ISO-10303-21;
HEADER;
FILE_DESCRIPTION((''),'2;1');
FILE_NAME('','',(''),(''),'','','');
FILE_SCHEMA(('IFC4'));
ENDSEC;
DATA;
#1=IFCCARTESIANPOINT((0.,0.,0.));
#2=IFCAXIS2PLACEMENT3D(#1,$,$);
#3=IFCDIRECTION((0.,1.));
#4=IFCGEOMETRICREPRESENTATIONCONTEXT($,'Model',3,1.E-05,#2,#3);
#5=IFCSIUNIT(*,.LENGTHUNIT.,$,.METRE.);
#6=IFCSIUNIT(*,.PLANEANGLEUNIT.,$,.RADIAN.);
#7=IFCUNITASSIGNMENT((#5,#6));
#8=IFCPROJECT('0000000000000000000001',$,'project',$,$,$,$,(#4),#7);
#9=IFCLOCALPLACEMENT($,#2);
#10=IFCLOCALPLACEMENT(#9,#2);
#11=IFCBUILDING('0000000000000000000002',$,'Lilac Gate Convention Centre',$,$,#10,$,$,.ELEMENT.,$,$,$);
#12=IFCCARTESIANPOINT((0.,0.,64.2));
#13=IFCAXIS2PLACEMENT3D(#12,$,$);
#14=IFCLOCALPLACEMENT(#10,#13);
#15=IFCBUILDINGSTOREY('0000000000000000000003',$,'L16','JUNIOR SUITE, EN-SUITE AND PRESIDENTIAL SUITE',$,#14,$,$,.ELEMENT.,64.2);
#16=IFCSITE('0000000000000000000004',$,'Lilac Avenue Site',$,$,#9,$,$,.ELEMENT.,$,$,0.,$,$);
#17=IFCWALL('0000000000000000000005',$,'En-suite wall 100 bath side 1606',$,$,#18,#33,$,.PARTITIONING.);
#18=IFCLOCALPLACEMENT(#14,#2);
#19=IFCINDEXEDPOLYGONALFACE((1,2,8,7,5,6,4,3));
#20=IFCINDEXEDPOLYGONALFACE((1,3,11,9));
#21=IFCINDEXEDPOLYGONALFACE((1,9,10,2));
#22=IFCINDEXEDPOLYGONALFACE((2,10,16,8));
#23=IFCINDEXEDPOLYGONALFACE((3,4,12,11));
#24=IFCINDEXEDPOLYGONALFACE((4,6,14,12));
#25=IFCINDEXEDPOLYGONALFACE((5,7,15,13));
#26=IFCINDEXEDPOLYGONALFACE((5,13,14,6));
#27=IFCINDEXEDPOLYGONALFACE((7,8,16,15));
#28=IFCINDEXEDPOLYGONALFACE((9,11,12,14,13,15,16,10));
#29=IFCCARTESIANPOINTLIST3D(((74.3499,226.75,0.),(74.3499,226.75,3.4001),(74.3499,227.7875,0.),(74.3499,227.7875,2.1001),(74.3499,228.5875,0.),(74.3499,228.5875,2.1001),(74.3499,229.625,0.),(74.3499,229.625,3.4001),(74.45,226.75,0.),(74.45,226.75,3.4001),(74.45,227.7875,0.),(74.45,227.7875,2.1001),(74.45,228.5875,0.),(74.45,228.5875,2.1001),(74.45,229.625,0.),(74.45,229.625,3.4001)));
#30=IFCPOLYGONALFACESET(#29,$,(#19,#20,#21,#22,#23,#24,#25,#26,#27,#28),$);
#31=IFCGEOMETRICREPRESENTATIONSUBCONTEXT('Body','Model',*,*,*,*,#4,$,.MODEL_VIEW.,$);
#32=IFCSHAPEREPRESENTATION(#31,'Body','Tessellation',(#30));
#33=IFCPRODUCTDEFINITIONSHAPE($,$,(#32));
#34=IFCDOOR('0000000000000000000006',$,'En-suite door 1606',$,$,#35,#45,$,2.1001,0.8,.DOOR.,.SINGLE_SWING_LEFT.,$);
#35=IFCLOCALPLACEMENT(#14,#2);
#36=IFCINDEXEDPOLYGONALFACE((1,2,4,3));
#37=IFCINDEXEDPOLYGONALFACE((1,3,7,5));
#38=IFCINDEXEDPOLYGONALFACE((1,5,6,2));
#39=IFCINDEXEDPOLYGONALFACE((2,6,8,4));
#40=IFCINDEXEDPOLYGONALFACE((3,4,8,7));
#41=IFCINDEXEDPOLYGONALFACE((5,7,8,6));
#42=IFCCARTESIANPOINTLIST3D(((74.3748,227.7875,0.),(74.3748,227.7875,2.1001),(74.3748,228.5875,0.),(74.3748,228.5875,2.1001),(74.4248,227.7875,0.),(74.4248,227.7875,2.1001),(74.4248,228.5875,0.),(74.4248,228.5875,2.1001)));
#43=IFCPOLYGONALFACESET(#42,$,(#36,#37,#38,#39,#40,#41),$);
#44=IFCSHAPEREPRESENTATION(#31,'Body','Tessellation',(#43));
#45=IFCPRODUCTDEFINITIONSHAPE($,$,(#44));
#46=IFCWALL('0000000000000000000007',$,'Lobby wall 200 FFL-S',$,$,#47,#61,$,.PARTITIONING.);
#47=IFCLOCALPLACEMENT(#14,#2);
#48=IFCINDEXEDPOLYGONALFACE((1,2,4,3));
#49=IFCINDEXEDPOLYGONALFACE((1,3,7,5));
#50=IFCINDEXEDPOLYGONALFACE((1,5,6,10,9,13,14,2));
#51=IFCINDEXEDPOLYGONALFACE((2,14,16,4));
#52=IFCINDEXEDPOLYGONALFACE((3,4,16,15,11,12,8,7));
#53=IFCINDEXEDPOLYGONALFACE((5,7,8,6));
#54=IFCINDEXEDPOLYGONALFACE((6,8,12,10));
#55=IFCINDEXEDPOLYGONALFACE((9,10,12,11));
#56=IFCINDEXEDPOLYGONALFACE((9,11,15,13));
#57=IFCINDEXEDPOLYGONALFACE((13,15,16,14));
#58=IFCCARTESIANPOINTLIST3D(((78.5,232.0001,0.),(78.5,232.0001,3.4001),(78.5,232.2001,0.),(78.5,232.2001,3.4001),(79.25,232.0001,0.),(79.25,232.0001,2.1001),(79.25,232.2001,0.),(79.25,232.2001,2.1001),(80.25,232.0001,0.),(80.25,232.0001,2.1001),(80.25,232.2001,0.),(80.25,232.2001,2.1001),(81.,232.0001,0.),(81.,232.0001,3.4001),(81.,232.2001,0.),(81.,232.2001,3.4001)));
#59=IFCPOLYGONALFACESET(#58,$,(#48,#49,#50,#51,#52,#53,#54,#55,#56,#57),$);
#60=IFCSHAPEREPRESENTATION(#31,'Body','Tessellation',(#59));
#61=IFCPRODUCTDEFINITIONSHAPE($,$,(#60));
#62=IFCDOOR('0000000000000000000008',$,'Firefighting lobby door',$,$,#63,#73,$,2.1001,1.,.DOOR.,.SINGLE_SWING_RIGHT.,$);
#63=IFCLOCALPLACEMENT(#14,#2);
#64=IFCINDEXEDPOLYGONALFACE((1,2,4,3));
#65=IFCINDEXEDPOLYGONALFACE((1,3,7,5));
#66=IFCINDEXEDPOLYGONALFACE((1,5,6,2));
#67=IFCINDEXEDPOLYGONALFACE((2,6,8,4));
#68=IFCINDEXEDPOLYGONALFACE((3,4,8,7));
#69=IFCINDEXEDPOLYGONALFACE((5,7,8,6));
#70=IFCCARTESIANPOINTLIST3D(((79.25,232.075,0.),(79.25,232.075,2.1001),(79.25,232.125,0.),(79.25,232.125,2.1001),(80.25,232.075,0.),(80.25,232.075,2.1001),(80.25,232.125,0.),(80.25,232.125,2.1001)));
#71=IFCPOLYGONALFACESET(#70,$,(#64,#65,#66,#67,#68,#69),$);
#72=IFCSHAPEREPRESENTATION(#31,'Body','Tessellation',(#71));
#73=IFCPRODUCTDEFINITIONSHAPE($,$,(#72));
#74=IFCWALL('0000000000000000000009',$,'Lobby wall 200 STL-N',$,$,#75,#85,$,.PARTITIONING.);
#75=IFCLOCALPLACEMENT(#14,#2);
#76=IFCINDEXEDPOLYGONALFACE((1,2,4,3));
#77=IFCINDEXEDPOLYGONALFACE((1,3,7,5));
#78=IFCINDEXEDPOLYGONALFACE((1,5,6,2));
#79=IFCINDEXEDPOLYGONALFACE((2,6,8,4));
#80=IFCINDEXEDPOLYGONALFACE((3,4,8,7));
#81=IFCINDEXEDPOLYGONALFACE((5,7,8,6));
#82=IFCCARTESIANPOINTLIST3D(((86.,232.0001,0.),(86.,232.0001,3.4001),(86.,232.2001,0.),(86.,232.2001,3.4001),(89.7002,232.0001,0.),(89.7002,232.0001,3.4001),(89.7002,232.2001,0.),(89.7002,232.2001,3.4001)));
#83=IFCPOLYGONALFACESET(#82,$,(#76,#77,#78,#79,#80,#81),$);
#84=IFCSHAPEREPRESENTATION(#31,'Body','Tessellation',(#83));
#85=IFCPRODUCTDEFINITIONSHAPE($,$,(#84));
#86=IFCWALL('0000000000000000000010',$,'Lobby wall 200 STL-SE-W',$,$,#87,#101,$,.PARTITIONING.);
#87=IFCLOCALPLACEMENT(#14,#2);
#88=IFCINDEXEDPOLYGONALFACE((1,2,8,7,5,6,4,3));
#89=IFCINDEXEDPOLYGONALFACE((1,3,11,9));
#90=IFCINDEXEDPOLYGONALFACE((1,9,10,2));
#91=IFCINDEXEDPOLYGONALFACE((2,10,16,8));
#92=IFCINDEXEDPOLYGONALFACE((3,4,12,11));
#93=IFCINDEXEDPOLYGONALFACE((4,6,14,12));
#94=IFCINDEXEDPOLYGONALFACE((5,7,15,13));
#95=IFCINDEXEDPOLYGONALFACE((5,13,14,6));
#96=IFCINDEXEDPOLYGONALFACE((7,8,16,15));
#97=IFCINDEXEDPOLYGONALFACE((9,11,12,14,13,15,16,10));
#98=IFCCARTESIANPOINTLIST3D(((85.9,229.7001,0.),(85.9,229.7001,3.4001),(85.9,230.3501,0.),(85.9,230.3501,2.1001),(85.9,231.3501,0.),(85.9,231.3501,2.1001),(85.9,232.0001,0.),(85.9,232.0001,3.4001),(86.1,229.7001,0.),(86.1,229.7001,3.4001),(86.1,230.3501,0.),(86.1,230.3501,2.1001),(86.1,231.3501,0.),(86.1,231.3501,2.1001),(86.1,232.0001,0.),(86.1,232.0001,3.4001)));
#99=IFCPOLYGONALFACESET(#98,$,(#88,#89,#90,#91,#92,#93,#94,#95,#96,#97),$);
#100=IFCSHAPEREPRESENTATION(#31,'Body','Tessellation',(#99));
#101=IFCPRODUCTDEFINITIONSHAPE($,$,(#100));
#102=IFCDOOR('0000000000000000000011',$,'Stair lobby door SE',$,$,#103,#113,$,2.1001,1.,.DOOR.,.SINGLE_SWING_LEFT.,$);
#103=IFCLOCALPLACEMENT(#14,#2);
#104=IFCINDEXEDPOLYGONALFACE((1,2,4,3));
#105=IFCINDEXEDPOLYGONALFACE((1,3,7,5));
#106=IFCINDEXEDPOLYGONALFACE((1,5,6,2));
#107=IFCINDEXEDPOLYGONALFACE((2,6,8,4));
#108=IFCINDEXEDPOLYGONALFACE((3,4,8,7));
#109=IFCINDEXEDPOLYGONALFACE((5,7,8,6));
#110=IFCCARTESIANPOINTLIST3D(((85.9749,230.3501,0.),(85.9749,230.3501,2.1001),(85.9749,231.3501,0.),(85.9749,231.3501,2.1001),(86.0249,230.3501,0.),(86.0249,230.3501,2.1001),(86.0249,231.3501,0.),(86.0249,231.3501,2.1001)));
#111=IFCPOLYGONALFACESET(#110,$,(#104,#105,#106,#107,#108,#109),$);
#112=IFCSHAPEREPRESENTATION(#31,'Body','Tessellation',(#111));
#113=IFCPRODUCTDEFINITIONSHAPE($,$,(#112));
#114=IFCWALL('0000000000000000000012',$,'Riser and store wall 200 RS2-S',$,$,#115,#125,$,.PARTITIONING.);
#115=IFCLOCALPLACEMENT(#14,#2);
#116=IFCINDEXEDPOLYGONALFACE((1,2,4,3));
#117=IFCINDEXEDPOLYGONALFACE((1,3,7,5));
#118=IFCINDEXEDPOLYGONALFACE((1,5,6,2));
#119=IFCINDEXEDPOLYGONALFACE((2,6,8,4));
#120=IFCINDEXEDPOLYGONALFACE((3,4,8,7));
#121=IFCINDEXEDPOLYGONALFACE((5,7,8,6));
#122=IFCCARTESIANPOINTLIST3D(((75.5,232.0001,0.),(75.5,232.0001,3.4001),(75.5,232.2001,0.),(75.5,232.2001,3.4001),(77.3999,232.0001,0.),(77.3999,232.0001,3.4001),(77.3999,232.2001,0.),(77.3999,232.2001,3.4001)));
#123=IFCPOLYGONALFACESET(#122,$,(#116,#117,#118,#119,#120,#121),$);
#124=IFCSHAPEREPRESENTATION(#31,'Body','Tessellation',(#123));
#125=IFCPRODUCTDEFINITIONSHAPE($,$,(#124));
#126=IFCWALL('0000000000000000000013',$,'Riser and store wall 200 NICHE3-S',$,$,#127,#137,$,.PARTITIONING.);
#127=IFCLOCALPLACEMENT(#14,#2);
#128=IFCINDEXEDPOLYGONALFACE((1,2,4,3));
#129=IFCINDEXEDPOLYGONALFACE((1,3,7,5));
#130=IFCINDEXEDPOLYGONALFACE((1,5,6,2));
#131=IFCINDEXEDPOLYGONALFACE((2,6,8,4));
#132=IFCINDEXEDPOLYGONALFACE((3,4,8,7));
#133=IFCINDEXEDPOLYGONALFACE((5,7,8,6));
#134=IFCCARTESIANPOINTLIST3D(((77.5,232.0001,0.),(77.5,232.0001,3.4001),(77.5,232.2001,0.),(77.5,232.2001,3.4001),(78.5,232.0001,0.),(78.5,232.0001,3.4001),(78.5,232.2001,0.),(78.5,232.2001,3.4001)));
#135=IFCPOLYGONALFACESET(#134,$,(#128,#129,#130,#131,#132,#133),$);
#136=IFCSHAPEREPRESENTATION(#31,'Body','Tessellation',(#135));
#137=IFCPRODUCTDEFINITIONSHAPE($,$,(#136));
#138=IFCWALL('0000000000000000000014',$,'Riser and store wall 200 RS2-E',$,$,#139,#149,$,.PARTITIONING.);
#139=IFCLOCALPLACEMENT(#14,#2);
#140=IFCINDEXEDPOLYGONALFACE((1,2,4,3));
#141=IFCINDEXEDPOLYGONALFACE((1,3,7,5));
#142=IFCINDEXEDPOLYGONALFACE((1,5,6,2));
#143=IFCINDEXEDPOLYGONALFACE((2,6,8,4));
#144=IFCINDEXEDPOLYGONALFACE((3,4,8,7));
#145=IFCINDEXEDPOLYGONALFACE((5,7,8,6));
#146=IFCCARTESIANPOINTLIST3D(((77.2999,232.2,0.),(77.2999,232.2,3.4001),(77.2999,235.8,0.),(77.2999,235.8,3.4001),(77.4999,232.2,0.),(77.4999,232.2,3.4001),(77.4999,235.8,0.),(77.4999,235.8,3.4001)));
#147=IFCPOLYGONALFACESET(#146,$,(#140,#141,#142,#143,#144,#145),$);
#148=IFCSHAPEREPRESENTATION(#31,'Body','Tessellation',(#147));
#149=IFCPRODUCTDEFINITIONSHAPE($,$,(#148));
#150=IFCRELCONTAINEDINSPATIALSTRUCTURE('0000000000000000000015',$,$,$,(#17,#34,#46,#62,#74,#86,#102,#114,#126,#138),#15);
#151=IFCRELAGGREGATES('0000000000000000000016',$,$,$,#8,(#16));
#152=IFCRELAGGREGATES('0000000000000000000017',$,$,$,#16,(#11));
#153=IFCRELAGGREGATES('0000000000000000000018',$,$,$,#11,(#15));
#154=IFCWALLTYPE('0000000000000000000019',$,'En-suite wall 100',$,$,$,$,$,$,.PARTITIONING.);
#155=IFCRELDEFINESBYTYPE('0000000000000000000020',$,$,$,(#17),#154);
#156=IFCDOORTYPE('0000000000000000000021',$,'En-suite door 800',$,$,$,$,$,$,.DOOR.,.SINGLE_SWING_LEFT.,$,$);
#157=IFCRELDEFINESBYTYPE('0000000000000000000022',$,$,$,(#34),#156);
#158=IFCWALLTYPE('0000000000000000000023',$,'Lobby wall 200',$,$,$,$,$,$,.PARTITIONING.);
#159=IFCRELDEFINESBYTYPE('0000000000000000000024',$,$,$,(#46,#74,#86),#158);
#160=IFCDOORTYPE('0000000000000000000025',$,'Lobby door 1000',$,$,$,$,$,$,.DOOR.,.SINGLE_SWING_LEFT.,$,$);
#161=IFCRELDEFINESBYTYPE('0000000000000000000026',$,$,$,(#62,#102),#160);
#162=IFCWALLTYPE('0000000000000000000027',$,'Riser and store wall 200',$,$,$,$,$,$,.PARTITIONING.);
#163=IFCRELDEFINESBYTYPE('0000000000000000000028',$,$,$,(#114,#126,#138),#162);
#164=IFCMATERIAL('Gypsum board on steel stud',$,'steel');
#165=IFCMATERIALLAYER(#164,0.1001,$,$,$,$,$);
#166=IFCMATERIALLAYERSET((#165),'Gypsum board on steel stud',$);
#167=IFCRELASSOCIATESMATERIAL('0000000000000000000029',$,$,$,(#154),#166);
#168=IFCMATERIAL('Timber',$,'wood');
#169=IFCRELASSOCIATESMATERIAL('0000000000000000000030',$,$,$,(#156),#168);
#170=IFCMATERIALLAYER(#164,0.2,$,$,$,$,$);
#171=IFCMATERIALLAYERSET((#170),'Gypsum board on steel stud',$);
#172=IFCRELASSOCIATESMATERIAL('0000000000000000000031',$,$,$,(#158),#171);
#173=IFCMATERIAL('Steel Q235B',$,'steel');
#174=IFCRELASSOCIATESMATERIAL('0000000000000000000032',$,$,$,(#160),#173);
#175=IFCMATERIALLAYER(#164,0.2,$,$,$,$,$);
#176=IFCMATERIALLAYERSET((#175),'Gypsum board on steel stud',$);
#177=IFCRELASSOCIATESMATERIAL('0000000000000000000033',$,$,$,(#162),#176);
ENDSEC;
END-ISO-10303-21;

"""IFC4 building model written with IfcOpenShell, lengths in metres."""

from ifc_helpers import new_model, si_unit, direction, frame, frame_2d, origin, place, context, subcontext, project, spatial, rectangle, extrude, material, layer, layer_set, type_object, element, fill, save


model = new_model("IFC4")

# Units and contexts
model_context = context("Model", 3, precision=1e-05, world=origin(), true_north=direction((0.0, 1.0)))
body_context = subcontext(model_context, "Body", "Model", "MODEL_VIEW")
ifc_project = project(units=[si_unit("LENGTHUNIT", "METRE"), si_unit("PLANEANGLEUNIT", "RADIAN")], contexts=[model_context])

# Site, building, storey
site_placement = place(None, origin())
site = spatial("IfcSite", under=ifc_project, at=site_placement, Name="Lilac Avenue Site", CompositionType="ELEMENT", RefElevation=0.0)
building_placement = place(site_placement, origin())
building = spatial("IfcBuilding", under=site, at=building_placement, Name="Lilac Gate Convention Centre", CompositionType="ELEMENT")
storey_placement = place(building_placement, frame((0.0, 0.0, 64.2)))
storey = spatial("IfcBuildingStorey", under=building, at=storey_placement, Name="L16", Description="JUNIOR SUITE, EN-SUITE AND PRESIDENTIAL SUITE", CompositionType="ELEMENT", Elevation=64.2)

# Shared definitions
ifc_material_1 = material(Name="Steel Q235B", Category="steel")

# Walls, openings, doors
ifc_material_2 = material(Name="Gypsum board on steel stud", Category="steel")
ifc_material_3 = material(Name="Timber", Category="wood")
ifc_layer_1 = layer(ifc_material_2, 0.1001)
ifc_layer_set_1 = layer_set([ifc_layer_1], Name="Gypsum board on steel stud")
wall_type_1 = type_object("IfcWallType", Name="En-suite wall 100", PredefinedType="PARTITIONING", material=ifc_layer_set_1)
wall_1_placement = place(storey_placement, frame((74.3999, 229.625, 0.0), z_axis=(0.0, 0.0, 1.0), x_axis=(0.0, -1.0, 0.0)))
wall_1 = element("IfcWall", 1, at=wall_1_placement, inside=storey, type_object=wall_type_1, Name="En-suite wall 100 bath side 1606", PredefinedType="PARTITIONING", context=body_context, shape_type="SweptSolid", body=[
    extrude(rectangle(XDim=2.875, YDim=0.1001, at=frame_2d((1.4375, 0.0))), origin(), (0.0, 0.0, 1.0), 3.4001),
])
opening_1_placement = place(wall_1_placement, frame((1.0376, 0.0, 0.0)))
opening_1 = element("IfcOpeningElement", 2, at=opening_1_placement, cuts=wall_1, PredefinedType="OPENING", context=body_context, shape_type="SweptSolid", body=[
    extrude(rectangle(XDim=0.8, YDim=2.1001, at=frame_2d((0.3999, 1.05))), frame((0.0, 0.0601, 0.0), z_axis=(0.0, -1.0, 0.0), x_axis=(1.0, 0.0, 0.0)), (0.0, 0.0, 1.0), 0.1201),
])
door_type_1 = type_object("IfcDoorType", Name="En-suite door 800", OperationType="SINGLE_SWING_LEFT", PredefinedType="DOOR", material=ifc_material_3)
door_1_placement = place(opening_1_placement, origin())
door_1 = element("IfcDoor", 3, at=door_1_placement, inside=storey, type_object=door_type_1, Name="En-suite door 1606", OperationType="SINGLE_SWING_LEFT", OverallHeight=2.1001, OverallWidth=0.8, PredefinedType="DOOR", context=body_context, shape_type="SweptSolid", body=[
    extrude(rectangle(XDim=0.8, YDim=2.1001, at=frame_2d((0.3999, 1.05))), frame((0.0, 0.0249, 0.0), z_axis=(0.0, -1.0, 0.0), x_axis=(1.0, 0.0, 0.0)), (0.0, 0.0, 1.0), 0.05),
])
fill(opening_1, door_1)
ifc_layer_2 = layer(ifc_material_2, 0.2)
ifc_layer_set_2 = layer_set([ifc_layer_2], Name="Gypsum board on steel stud")
wall_type_2 = type_object("IfcWallType", Name="Lobby wall 200", PredefinedType="PARTITIONING", material=ifc_layer_set_2)
wall_2_placement = place(storey_placement, frame((78.5, 232.1001, 0.0), z_axis=(0.0, 0.0, 1.0), x_axis=(1.0, 0.0, 0.0)))
wall_2 = element("IfcWall", 4, at=wall_2_placement, inside=storey, type_object=wall_type_2, Name="Lobby wall 200 FFL-S", PredefinedType="PARTITIONING", context=body_context, shape_type="SweptSolid", body=[
    extrude(rectangle(XDim=2.5, YDim=0.2, at=frame_2d((1.25, 0.0))), origin(), (0.0, 0.0, 1.0), 3.4001),
])
opening_2_placement = place(wall_2_placement, frame((0.75, 0.0, 0.0)))
opening_2 = element("IfcOpeningElement", 5, at=opening_2_placement, cuts=wall_2, PredefinedType="OPENING", context=body_context, shape_type="SweptSolid", body=[
    extrude(rectangle(XDim=1.0, YDim=2.1001, at=frame_2d((0.5, 1.05))), frame((0.0, 0.1099, 0.0), z_axis=(0.0, -1.0, 0.0), x_axis=(1.0, 0.0, 0.0)), (0.0, 0.0, 1.0), 0.22),
])
door_type_2 = type_object("IfcDoorType", Name="Lobby door 1000", OperationType="SINGLE_SWING_LEFT", PredefinedType="DOOR", material=ifc_material_1)
door_2_placement = place(opening_2_placement, origin())
door_2 = element("IfcDoor", 6, at=door_2_placement, inside=storey, type_object=door_type_2, Name="Firefighting lobby door", OperationType="SINGLE_SWING_RIGHT", OverallHeight=2.1001, OverallWidth=1.0, PredefinedType="DOOR", context=body_context, shape_type="SweptSolid", body=[
    extrude(rectangle(XDim=1.0, YDim=2.1001, at=frame_2d((0.5, 1.05))), frame((0.0, 0.0249, 0.0), z_axis=(0.0, -1.0, 0.0), x_axis=(1.0, 0.0, 0.0)), (0.0, 0.0, 1.0), 0.05),
])
fill(opening_2, door_2)

# Wall
wall_3_placement = place(storey_placement, frame((86.0, 232.1001, 0.0), z_axis=(0.0, 0.0, 1.0), x_axis=(1.0, 0.0, 0.0)))
element("IfcWall", 7, at=wall_3_placement, inside=storey, type_object=wall_type_2, Name="Lobby wall 200 STL-N", PredefinedType="PARTITIONING", context=body_context, shape_type="SweptSolid", body=[
    extrude(rectangle(XDim=3.7002, YDim=0.2, at=frame_2d((1.8501, 0.0))), origin(), (0.0, 0.0, 1.0), 3.4001),
])

# Wall, opening, door
wall_4_placement = place(storey_placement, frame((86.0, 232.0, 0.0), z_axis=(0.0, 0.0, 1.0), x_axis=(0.0, -1.0, 0.0)))
wall_4 = element("IfcWall", 8, at=wall_4_placement, inside=storey, type_object=wall_type_2, Name="Lobby wall 200 STL-SE-W", PredefinedType="PARTITIONING", context=body_context, shape_type="SweptSolid", body=[
    extrude(rectangle(XDim=2.3, YDim=0.2, at=frame_2d((1.1499, 0.0))), origin(), (0.0, 0.0, 1.0), 3.4001),
])
opening_3_placement = place(wall_4_placement, frame((0.6499, 0.0, 0.0)))
opening_3 = element("IfcOpeningElement", 9, at=opening_3_placement, cuts=wall_4, PredefinedType="OPENING", context=body_context, shape_type="SweptSolid", body=[
    extrude(rectangle(XDim=1.0, YDim=2.1001, at=frame_2d((0.5, 1.05))), frame((0.0, 0.1099, 0.0), z_axis=(0.0, -1.0, 0.0), x_axis=(1.0, 0.0, 0.0)), (0.0, 0.0, 1.0), 0.22),
])
door_3_placement = place(opening_3_placement, origin())
door_3 = element("IfcDoor", 10, at=door_3_placement, inside=storey, type_object=door_type_2, Name="Stair lobby door SE", OperationType="SINGLE_SWING_LEFT", OverallHeight=2.1001, OverallWidth=1.0, PredefinedType="DOOR", context=body_context, shape_type="SweptSolid", body=[
    extrude(rectangle(XDim=1.0, YDim=2.1001, at=frame_2d((0.5, 1.05))), frame((0.0, 0.0249, 0.0), z_axis=(0.0, -1.0, 0.0), x_axis=(1.0, 0.0, 0.0)), (0.0, 0.0, 1.0), 0.05),
])
fill(opening_3, door_3)

# Walls
ifc_layer_3 = layer(ifc_material_2, 0.2)
ifc_layer_set_3 = layer_set([ifc_layer_3], Name="Gypsum board on steel stud")
wall_type_3 = type_object("IfcWallType", Name="Riser and store wall 200", PredefinedType="PARTITIONING", material=ifc_layer_set_3)
wall_5_placement = place(storey_placement, frame((75.5, 232.1001, 0.0), z_axis=(0.0, 0.0, 1.0), x_axis=(1.0, 0.0, 0.0)))
element("IfcWall", 11, at=wall_5_placement, inside=storey, type_object=wall_type_3, Name="Riser and store wall 200 RS2-S", PredefinedType="PARTITIONING", context=body_context, shape_type="SweptSolid", body=[
    extrude(rectangle(XDim=1.8999, YDim=0.2, at=frame_2d((0.95, 0.0))), origin(), (0.0, 0.0, 1.0), 3.4001),
])
wall_6_placement = place(storey_placement, frame((77.5, 232.1001, 0.0), z_axis=(0.0, 0.0, 1.0), x_axis=(1.0, 0.0, 0.0)))
element("IfcWall", 12, at=wall_6_placement, inside=storey, type_object=wall_type_3, Name="Riser and store wall 200 NICHE3-S", PredefinedType="PARTITIONING", context=body_context, shape_type="SweptSolid", body=[
    extrude(rectangle(XDim=1.0, YDim=0.2, at=frame_2d((0.5, 0.0))), origin(), (0.0, 0.0, 1.0), 3.4001),
])
wall_7_placement = place(storey_placement, frame((77.3999, 232.2, 0.0), z_axis=(0.0, 0.0, 1.0), x_axis=(0.0, 1.0, 0.0)))
element("IfcWall", 13, at=wall_7_placement, inside=storey, type_object=wall_type_3, Name="Riser and store wall 200 RS2-E", PredefinedType="PARTITIONING", context=body_context, shape_type="SweptSolid", body=[
    extrude(rectangle(XDim=3.6001, YDim=0.2, at=frame_2d((1.8, 0.0))), origin(), (0.0, 0.0, 1.0), 3.4001),
])

save(model, "model.ifc")
